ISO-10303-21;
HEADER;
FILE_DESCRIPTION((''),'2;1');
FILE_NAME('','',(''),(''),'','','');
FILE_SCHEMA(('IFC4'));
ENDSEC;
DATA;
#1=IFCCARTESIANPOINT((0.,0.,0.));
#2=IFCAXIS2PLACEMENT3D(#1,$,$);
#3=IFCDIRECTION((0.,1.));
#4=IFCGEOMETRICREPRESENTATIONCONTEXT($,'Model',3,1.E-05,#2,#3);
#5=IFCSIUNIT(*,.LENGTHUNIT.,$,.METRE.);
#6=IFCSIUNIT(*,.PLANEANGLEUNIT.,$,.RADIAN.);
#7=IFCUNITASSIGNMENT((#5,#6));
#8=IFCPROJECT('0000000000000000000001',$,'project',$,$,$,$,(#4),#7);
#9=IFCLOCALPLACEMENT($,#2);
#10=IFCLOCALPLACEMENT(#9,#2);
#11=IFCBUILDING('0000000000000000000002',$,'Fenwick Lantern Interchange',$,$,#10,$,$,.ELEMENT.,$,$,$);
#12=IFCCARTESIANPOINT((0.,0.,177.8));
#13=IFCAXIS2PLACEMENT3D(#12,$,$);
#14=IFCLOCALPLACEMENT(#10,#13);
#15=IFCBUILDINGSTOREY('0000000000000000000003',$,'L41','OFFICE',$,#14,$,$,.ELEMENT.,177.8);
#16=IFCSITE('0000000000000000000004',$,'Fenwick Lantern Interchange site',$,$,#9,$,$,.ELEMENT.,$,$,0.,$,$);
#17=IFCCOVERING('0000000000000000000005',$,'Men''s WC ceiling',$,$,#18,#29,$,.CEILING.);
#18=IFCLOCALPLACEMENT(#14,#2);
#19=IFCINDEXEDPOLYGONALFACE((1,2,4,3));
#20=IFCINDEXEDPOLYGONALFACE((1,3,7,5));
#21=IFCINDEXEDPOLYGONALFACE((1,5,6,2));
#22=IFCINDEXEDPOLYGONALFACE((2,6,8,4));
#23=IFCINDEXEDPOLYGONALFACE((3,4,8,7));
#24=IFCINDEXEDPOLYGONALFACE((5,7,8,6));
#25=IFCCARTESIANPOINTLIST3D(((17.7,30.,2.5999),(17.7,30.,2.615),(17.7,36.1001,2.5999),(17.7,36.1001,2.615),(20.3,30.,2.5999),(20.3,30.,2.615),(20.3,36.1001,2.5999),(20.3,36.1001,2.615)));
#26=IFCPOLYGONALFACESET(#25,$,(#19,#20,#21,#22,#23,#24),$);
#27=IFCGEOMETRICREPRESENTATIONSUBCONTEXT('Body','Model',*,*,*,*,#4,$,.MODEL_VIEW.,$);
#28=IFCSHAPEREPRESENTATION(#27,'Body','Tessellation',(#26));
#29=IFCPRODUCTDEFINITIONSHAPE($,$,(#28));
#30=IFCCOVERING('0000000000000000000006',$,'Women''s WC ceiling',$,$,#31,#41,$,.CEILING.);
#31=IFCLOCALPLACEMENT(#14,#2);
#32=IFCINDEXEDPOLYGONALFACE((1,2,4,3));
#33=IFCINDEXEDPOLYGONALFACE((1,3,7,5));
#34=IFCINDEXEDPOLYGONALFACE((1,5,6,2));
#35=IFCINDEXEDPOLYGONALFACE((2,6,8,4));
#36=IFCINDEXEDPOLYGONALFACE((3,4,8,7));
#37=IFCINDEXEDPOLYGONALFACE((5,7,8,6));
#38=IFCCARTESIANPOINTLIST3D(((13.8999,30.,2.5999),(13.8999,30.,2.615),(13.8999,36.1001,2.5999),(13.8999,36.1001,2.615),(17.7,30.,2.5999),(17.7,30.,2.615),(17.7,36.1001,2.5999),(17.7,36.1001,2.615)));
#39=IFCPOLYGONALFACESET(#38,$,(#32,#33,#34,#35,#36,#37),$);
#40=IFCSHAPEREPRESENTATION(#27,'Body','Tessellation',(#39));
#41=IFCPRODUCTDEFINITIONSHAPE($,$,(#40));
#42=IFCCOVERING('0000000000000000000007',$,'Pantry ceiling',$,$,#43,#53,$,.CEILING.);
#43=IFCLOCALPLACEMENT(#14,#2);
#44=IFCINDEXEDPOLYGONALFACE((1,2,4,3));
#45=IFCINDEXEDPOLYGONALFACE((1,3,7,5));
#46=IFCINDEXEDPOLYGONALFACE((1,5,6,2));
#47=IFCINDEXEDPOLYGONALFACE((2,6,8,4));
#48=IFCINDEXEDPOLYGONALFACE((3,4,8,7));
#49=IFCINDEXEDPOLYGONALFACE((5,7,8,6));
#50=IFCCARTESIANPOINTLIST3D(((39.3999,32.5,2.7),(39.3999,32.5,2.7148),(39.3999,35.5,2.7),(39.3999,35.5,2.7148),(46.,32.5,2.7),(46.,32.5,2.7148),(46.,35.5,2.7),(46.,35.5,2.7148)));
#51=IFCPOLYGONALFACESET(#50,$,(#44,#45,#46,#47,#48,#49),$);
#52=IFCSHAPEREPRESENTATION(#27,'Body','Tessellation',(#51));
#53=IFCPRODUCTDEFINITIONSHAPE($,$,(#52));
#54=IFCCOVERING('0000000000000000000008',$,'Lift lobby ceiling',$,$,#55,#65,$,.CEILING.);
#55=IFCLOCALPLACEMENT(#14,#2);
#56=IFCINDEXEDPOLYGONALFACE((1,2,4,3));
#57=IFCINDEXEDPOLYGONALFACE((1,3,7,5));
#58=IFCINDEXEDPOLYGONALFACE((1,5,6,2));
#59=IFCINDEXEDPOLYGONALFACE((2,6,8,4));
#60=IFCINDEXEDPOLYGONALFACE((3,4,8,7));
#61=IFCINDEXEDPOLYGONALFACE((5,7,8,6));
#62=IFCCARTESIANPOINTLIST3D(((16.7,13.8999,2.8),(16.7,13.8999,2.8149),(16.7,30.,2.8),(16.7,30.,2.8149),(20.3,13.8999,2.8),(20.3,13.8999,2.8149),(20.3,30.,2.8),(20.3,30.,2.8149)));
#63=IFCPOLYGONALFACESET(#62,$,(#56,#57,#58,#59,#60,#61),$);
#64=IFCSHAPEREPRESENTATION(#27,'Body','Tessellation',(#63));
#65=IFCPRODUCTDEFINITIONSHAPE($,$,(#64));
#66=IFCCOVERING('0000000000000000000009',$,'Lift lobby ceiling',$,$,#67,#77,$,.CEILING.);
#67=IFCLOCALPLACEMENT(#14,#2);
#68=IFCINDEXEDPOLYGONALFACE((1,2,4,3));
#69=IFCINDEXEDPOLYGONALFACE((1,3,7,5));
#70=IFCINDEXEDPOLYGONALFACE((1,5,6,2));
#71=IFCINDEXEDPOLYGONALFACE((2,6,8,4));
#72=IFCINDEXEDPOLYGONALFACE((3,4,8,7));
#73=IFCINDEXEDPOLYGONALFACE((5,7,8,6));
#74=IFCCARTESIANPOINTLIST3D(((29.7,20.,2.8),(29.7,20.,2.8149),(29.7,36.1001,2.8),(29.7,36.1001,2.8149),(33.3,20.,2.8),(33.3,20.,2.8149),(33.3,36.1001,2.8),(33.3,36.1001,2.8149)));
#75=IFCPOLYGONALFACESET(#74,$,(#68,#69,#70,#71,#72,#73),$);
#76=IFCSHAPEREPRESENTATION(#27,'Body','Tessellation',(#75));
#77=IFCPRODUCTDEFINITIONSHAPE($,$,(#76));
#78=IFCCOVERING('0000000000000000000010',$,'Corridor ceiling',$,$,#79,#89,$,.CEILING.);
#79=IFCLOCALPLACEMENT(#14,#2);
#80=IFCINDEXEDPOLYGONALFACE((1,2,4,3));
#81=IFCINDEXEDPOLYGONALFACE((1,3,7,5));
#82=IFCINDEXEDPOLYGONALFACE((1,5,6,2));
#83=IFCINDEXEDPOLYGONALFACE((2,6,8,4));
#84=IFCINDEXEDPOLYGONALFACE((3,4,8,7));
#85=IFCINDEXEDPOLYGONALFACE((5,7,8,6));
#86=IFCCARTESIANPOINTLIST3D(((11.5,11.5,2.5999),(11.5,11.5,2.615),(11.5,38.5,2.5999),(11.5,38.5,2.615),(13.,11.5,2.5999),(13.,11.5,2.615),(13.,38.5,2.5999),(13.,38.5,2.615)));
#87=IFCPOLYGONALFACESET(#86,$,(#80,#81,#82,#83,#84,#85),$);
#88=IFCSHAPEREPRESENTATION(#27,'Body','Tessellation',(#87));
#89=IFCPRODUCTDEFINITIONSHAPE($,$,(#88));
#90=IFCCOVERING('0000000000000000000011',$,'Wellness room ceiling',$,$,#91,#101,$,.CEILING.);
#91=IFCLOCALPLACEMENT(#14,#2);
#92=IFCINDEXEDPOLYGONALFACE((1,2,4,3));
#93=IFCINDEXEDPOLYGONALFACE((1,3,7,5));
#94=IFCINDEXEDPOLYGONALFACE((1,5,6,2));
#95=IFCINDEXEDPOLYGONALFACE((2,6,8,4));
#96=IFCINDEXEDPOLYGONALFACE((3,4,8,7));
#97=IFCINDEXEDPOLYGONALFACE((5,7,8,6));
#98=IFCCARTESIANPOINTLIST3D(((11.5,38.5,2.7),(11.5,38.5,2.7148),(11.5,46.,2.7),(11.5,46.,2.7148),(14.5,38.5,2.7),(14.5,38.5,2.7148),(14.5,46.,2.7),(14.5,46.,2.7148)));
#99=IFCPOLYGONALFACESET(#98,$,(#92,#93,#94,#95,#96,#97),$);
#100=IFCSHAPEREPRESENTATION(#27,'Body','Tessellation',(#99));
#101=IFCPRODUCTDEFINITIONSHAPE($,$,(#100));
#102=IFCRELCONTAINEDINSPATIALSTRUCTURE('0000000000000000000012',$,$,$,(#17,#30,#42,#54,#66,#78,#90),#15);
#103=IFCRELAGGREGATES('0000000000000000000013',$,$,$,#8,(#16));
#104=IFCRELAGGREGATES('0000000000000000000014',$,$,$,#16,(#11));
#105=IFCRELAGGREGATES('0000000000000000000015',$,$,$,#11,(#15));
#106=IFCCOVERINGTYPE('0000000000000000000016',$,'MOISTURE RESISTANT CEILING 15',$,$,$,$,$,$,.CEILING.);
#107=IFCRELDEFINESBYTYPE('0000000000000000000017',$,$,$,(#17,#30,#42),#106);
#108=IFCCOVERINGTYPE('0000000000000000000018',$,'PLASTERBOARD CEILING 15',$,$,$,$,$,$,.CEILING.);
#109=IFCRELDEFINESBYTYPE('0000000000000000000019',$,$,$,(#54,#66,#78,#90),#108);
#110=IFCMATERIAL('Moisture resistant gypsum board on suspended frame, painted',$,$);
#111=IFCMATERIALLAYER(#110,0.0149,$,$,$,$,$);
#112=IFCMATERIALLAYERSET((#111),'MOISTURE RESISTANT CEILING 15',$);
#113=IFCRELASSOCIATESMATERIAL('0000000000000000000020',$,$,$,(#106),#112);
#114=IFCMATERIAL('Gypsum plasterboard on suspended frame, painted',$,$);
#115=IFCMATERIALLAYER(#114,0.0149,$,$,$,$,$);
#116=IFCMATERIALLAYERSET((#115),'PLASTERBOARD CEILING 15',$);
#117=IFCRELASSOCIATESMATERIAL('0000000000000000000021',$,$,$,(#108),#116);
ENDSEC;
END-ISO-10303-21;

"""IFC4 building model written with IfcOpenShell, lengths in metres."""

from ifc_helpers import new_model, si_unit, direction, frame, origin, place, context, subcontext, project, spatial, polyline, outline, extrude, material, layer, layer_set, type_object, element, save


model = new_model("IFC4")

# Units and contexts
model_context = context("Model", 3, precision=1e-05, world=origin(), true_north=direction((0.0, 1.0)))
body_context = subcontext(model_context, "Body", "Model", "MODEL_VIEW")
ifc_project = project(units=[si_unit("LENGTHUNIT", "METRE"), si_unit("PLANEANGLEUNIT", "RADIAN")], contexts=[model_context])

# Site, building, storey
site_placement = place(None, origin())
site = spatial("IfcSite", under=ifc_project, at=site_placement, Name="Fenwick Lantern Interchange site", CompositionType="ELEMENT", RefElevation=0.0)
building_placement = place(site_placement, origin())
building = spatial("IfcBuilding", under=site, at=building_placement, Name="Fenwick Lantern Interchange", CompositionType="ELEMENT")
storey_placement = place(building_placement, frame((0.0, 0.0, 177.8)))
storey = spatial("IfcBuildingStorey", under=building, at=storey_placement, Name="L41", Description="OFFICE", CompositionType="ELEMENT", Elevation=177.8)

# Coverings
ifc_material_1 = material(Name="Moisture resistant gypsum board on suspended frame, painted")
ifc_layer_1 = layer(ifc_material_1, 0.0149)
ifc_layer_set_1 = layer_set([ifc_layer_1], Name="MOISTURE RESISTANT CEILING 15")
covering_type_1 = type_object("IfcCoveringType", Name="MOISTURE RESISTANT CEILING 15", PredefinedType="CEILING", material=ifc_layer_set_1)
covering_1_placement = place(storey_placement, frame((0.0, 0.0, 2.5999)))
element("IfcCovering", 1, at=covering_1_placement, inside=storey, type_object=covering_type_1, Name="Men's WC ceiling", PredefinedType="CEILING", context=body_context, shape_type="SweptSolid", body=[
    extrude(outline(polyline([(20.3, 36.1001), (17.7, 36.1001), (17.7, 30.0), (20.3, 30.0), (20.3, 36.1001)])), origin(), (0.0, 0.0, 1.0), 0.0151),
])
covering_2_placement = place(storey_placement, frame((0.0, 0.0, 2.5999)))
element("IfcCovering", 2, at=covering_2_placement, inside=storey, type_object=covering_type_1, Name="Women's WC ceiling", PredefinedType="CEILING", context=body_context, shape_type="SweptSolid", body=[
    extrude(outline(polyline([(17.7, 36.1001), (13.8999, 36.1001), (13.8999, 30.0), (17.7, 30.0), (17.7, 36.1001)])), origin(), (0.0, 0.0, 1.0), 0.0151),
])
covering_3_placement = place(storey_placement, frame((0.0, 0.0, 2.7)))
element("IfcCovering", 3, at=covering_3_placement, inside=storey, type_object=covering_type_1, Name="Pantry ceiling", PredefinedType="CEILING", context=body_context, shape_type="SweptSolid", body=[
    extrude(outline(polyline([(46.0, 32.5), (46.0, 35.5), (39.3999, 35.5), (39.3999, 32.5), (46.0, 32.5)])), origin(), (0.0, 0.0, 1.0), 0.0149),
])
ifc_material_2 = material(Name="Gypsum plasterboard on suspended frame, painted")
ifc_layer_2 = layer(ifc_material_2, 0.0149)
ifc_layer_set_2 = layer_set([ifc_layer_2], Name="PLASTERBOARD CEILING 15")
covering_type_2 = type_object("IfcCoveringType", Name="PLASTERBOARD CEILING 15", PredefinedType="CEILING", material=ifc_layer_set_2)
covering_4_placement = place(storey_placement, frame((0.0, 0.0, 2.8)))
element("IfcCovering", 4, at=covering_4_placement, inside=storey, type_object=covering_type_2, Name="Lift lobby ceiling", PredefinedType="CEILING", context=body_context, shape_type="SweptSolid", body=[
    extrude(outline(polyline([(16.7, 13.8999), (20.3, 13.8999), (20.3, 30.0), (16.7, 30.0), (16.7, 13.8999)])), origin(), (0.0, 0.0, 1.0), 0.0149),
])
covering_5_placement = place(storey_placement, frame((0.0, 0.0, 2.8)))
element("IfcCovering", 5, at=covering_5_placement, inside=storey, type_object=covering_type_2, Name="Lift lobby ceiling", PredefinedType="CEILING", context=body_context, shape_type="SweptSolid", body=[
    extrude(outline(polyline([(33.3, 36.1001), (29.7, 36.1001), (29.7, 20.0), (33.3, 20.0), (33.3, 36.1001)])), origin(), (0.0, 0.0, 1.0), 0.0149),
])
covering_6_placement = place(storey_placement, frame((0.0, 0.0, 2.5999)))
element("IfcCovering", 6, at=covering_6_placement, inside=storey, type_object=covering_type_2, Name="Corridor ceiling", PredefinedType="CEILING", context=body_context, shape_type="SweptSolid", body=[
    extrude(outline(polyline([(13.0, 38.5), (11.5, 38.5), (11.5, 11.5), (13.0, 11.5), (13.0, 38.5)])), origin(), (0.0, 0.0, 1.0), 0.0151),
])
covering_7_placement = place(storey_placement, frame((0.0, 0.0, 2.7)))
element("IfcCovering", 7, at=covering_7_placement, inside=storey, type_object=covering_type_2, Name="Wellness room ceiling", PredefinedType="CEILING", context=body_context, shape_type="SweptSolid", body=[
    extrude(outline(polyline([(14.5, 46.0), (11.5, 46.0), (11.5, 38.5), (14.5, 38.5), (14.5, 46.0)])), origin(), (0.0, 0.0, 1.0), 0.0149),
])

save(model, "model.ifc")
